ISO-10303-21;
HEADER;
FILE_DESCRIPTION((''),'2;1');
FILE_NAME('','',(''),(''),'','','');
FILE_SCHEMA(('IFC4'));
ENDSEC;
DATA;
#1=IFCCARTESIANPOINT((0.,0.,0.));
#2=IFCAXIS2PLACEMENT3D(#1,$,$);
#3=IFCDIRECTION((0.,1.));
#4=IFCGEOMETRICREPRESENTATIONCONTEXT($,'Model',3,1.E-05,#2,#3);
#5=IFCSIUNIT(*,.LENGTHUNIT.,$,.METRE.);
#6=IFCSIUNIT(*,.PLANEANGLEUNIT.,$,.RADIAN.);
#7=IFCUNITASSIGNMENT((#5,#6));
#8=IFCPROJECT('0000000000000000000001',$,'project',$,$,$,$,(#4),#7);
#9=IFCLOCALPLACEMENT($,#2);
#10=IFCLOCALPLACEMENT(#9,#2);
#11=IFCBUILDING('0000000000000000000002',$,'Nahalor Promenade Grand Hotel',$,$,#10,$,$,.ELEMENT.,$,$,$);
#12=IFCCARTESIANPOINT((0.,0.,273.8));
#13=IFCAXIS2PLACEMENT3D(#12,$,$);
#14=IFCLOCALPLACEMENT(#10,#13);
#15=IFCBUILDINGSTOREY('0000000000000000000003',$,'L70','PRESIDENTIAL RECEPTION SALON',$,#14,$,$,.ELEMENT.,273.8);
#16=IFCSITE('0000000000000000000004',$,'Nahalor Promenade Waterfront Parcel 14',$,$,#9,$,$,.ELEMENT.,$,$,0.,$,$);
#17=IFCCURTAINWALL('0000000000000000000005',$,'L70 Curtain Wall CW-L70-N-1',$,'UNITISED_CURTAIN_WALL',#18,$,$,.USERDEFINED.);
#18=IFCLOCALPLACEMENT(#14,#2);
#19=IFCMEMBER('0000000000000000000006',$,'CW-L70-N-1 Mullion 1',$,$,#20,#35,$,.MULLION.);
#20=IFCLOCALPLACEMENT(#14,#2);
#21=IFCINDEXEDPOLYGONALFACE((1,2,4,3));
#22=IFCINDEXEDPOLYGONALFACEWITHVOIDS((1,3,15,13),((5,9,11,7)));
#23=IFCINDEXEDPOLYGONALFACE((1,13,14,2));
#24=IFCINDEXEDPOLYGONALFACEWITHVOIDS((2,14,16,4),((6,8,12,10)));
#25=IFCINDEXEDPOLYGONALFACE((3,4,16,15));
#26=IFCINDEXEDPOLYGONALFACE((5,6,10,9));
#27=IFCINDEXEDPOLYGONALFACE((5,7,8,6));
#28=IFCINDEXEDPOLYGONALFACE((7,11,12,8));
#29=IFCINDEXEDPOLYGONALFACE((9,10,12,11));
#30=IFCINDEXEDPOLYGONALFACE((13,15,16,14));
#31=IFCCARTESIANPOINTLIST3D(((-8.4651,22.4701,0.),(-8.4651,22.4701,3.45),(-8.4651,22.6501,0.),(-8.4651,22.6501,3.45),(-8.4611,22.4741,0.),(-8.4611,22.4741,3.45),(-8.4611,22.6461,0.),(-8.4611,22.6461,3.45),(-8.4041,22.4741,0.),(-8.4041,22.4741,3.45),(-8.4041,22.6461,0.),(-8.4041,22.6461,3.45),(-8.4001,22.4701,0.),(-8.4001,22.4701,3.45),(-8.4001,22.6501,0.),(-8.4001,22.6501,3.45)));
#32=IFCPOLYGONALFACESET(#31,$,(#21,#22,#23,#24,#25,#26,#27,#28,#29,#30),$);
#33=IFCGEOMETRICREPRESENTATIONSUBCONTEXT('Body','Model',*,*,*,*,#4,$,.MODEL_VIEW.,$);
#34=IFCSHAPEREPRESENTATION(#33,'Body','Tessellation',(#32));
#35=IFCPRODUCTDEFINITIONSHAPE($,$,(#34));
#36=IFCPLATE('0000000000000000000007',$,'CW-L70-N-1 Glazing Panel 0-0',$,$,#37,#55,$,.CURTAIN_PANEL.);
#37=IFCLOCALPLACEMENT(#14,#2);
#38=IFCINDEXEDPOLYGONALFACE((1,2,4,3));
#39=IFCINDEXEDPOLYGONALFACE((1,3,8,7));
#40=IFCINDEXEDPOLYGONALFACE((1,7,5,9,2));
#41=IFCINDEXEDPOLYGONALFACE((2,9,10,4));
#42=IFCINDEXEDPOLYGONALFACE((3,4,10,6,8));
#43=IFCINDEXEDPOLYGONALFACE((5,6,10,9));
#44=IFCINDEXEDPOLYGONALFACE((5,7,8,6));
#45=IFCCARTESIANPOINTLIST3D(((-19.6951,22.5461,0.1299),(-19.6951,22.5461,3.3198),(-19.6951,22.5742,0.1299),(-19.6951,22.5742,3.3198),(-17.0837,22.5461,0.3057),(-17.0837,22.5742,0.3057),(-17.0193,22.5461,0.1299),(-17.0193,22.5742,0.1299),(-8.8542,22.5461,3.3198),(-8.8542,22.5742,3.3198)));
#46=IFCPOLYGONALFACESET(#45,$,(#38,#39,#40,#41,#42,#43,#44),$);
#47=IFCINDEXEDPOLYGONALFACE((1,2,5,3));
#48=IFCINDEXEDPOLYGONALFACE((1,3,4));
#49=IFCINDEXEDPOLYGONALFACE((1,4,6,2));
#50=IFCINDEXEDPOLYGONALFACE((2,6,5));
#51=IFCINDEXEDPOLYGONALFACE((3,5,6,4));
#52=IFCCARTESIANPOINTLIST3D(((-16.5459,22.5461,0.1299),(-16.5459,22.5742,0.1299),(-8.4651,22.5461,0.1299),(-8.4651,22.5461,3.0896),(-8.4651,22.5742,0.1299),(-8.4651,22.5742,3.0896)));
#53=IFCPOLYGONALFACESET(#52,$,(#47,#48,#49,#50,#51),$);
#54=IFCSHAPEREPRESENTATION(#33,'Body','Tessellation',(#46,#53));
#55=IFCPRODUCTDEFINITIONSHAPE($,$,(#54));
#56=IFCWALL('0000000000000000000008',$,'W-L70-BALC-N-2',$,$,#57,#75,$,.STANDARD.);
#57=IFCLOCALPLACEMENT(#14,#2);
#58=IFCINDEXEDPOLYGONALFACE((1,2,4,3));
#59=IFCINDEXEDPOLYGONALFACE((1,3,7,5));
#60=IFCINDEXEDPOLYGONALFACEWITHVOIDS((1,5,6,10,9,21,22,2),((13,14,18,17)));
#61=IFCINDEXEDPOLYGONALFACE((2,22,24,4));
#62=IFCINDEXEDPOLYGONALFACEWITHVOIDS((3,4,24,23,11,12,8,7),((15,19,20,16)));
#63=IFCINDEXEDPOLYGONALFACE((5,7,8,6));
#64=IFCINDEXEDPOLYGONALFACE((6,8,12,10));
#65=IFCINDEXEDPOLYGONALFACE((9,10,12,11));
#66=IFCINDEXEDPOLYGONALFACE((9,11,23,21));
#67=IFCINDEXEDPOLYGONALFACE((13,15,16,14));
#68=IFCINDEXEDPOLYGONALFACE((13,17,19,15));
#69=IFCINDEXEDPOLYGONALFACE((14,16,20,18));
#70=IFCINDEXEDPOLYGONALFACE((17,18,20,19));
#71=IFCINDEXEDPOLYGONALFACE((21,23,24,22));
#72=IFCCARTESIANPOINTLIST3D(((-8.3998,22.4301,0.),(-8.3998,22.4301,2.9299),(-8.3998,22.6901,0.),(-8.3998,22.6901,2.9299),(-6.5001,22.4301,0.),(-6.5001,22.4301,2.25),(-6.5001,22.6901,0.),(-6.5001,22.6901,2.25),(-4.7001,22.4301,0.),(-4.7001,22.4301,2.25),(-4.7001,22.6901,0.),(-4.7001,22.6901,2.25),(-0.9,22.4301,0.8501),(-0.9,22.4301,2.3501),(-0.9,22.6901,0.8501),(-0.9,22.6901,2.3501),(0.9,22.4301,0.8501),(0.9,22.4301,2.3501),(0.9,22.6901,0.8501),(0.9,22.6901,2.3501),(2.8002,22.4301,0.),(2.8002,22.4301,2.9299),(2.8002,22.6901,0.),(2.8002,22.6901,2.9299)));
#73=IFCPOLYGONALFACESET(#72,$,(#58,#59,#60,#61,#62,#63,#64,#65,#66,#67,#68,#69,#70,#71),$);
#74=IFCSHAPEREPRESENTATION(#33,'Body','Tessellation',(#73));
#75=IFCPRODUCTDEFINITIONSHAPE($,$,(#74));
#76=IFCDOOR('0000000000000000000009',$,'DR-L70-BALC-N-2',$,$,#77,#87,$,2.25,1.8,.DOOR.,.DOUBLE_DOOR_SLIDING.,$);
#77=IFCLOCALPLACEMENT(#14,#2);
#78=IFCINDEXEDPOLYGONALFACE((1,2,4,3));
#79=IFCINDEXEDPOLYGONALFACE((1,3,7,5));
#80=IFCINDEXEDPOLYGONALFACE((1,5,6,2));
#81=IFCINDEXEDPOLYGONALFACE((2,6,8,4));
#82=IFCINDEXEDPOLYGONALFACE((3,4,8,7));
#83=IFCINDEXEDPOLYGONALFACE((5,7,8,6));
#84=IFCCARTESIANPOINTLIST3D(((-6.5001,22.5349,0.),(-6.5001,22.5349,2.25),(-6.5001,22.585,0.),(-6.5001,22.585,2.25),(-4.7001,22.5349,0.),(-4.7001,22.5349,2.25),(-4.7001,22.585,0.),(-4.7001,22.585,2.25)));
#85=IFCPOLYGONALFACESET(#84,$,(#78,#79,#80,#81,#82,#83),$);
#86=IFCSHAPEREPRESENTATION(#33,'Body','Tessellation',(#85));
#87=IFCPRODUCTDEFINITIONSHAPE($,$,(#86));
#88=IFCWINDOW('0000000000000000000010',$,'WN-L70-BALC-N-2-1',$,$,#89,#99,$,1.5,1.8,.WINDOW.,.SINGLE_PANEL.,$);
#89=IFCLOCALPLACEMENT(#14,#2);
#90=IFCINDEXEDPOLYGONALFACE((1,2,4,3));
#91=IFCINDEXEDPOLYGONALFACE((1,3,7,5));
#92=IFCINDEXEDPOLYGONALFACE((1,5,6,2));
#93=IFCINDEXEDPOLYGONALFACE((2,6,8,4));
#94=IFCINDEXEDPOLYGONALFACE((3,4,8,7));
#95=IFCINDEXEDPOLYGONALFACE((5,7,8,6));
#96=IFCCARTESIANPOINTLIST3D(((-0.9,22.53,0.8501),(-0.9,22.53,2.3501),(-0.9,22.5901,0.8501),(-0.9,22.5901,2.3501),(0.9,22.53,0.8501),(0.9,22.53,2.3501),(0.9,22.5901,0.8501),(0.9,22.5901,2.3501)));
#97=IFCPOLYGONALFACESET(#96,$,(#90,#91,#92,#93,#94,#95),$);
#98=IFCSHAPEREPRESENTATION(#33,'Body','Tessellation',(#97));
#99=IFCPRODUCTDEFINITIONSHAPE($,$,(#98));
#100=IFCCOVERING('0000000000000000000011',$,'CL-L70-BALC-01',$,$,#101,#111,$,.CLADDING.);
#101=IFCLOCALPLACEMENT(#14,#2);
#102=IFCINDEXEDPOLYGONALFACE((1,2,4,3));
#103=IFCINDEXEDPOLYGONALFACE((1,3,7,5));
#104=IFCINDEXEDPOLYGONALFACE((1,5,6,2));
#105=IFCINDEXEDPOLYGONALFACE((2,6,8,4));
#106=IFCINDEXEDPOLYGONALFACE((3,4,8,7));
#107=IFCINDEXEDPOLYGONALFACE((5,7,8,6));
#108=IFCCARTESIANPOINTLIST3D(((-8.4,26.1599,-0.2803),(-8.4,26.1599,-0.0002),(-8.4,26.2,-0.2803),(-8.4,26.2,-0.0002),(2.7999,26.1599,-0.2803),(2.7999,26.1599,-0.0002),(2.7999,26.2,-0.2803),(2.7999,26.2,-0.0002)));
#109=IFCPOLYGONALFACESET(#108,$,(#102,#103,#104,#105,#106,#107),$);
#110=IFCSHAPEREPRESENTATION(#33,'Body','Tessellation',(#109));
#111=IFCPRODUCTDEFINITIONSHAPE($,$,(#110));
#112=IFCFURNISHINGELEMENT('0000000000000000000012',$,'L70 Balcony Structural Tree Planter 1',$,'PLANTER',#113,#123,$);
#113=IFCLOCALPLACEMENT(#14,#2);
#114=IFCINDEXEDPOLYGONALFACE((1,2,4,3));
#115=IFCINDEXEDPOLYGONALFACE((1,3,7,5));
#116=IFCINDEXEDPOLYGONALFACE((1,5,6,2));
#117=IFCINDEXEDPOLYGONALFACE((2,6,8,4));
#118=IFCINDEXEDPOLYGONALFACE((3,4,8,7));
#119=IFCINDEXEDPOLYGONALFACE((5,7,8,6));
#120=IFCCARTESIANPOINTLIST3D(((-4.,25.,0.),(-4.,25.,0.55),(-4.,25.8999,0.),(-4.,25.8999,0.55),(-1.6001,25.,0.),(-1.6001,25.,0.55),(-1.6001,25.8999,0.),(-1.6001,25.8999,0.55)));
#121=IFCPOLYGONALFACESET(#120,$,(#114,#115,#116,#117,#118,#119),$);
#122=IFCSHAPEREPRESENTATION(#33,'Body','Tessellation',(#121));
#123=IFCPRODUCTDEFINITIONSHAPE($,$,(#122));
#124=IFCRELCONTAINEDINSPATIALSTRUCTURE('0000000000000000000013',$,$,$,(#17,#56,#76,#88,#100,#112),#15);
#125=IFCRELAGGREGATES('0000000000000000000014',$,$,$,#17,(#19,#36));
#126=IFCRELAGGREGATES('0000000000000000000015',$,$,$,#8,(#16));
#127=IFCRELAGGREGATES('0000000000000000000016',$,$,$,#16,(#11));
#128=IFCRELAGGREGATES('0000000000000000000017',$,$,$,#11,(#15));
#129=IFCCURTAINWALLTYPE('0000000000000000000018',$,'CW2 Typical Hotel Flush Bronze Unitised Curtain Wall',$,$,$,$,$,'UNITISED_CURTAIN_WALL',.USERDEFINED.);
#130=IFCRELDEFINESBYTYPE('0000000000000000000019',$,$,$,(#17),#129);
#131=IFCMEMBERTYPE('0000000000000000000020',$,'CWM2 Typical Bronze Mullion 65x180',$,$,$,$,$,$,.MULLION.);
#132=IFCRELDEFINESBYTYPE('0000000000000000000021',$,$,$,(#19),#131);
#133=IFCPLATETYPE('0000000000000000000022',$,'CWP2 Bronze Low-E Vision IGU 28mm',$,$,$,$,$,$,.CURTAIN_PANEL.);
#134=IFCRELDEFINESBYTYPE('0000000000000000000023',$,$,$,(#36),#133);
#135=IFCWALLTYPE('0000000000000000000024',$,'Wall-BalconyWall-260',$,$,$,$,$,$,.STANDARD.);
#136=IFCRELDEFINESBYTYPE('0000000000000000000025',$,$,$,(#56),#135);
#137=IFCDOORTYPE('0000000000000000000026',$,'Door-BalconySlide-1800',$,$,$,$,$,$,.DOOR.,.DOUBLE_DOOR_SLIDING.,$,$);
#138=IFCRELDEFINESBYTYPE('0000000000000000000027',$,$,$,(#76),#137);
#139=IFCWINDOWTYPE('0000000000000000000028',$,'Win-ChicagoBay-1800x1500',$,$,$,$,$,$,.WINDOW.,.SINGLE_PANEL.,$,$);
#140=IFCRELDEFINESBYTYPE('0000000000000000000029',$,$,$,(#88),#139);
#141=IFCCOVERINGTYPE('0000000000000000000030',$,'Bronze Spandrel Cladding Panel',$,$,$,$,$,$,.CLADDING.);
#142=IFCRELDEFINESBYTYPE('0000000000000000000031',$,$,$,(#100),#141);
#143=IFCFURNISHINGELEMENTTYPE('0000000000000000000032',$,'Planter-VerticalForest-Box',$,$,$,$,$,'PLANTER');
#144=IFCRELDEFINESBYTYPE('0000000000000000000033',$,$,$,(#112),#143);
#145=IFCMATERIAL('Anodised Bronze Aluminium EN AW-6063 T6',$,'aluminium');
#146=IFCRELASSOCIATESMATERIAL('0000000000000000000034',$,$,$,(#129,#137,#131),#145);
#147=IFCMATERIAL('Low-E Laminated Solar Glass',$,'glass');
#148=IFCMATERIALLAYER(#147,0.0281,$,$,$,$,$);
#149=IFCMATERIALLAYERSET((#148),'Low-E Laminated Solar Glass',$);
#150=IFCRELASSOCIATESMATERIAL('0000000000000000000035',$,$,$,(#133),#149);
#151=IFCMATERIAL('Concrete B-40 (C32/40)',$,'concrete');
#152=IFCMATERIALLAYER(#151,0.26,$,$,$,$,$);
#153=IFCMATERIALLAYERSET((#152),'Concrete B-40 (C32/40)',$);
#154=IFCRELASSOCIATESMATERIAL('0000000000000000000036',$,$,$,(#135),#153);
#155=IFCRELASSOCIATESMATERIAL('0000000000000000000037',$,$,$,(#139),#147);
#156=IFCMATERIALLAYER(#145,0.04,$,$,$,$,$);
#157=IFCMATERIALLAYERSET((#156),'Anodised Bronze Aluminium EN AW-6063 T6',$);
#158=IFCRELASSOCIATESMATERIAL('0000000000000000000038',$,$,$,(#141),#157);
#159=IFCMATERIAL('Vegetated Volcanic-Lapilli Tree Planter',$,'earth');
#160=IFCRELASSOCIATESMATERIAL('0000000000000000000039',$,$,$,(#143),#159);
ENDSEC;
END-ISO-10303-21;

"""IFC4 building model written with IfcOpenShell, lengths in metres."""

from ifc_helpers import new_model, si_unit, direction, frame, frame_2d, origin, origin_2d, place, context, subcontext, project, spatial, polyline, rectangle, hollow_rectangle, outline, extrude, source, transform, mapped, material, layer, layer_set, material_profile, profile_set, type_object, element, fill, aggregate, save


model = new_model("IFC4")

# Units and contexts
model_context = context("Model", 3, precision=1e-05, world=origin(), true_north=direction((0.0, 1.0)))
body_context = subcontext(model_context, "Body", "Model", "MODEL_VIEW")
ifc_project = project(units=[si_unit("LENGTHUNIT", "METRE"), si_unit("PLANEANGLEUNIT", "RADIAN")], contexts=[model_context])

# Site, building, storey
site_placement = place(None, origin())
site = spatial("IfcSite", under=ifc_project, at=site_placement, Name="Nahalor Promenade Waterfront Parcel 14", CompositionType="ELEMENT", RefElevation=0.0)
building_placement = place(site_placement, origin())
building = spatial("IfcBuilding", under=site, at=building_placement, Name="Nahalor Promenade Grand Hotel", CompositionType="ELEMENT")
storey_placement = place(building_placement, frame((0.0, 0.0, 273.8)))
storey = spatial("IfcBuildingStorey", under=building, at=storey_placement, Name="L70", Description="PRESIDENTIAL RECEPTION SALON", CompositionType="ELEMENT", Elevation=273.8)

# Curtain wall, member, plate
ifc_material_1 = material(Name="Anodised Bronze Aluminium EN AW-6063 T6", Category="aluminium")
curtain_wall_type = type_object("IfcCurtainWallType", Name="CW2 Typical Hotel Flush Bronze Unitised Curtain Wall", ElementType="UNITISED_CURTAIN_WALL", PredefinedType="USERDEFINED", material=ifc_material_1)
curtain_wall_placement = place(storey_placement, origin())
curtain_wall = element("IfcCurtainWall", 1, at=curtain_wall_placement, inside=storey, type_object=curtain_wall_type, Name="L70 Curtain Wall CW-L70-N-1", ObjectType="UNITISED_CURTAIN_WALL", PredefinedType="USERDEFINED")
ifc_material_profile_1 = material_profile(ifc_material_1, hollow_rectangle(XDim=0.065, YDim=0.18, WallThickness=0.004, at=origin_2d()), Name="CWM 65x180x4")
ifc_profile_set_1 = profile_set([ifc_material_profile_1], Name="Anodised Bronze Aluminium EN AW-6063 T6")
member_type_1 = type_object("IfcMemberType", Name="CWM2 Typical Bronze Mullion 65x180", PredefinedType="MULLION", material=ifc_profile_set_1)
shared_shape_1 = source(origin(), body_context, "Body", "SweptSolid", [
    extrude(hollow_rectangle(XDim=0.065, YDim=0.18, WallThickness=0.004, at=origin_2d()), origin(), (0.0, 0.0, 1.0), 3.45),
])
member_1_placement = place(storey_placement, frame((-8.4326, 22.5601, 0.0), z_axis=(0.0, 0.0, 1.0), x_axis=(1.0, 0.0, 0.0)))
member_1 = element("IfcMember", 2, at=member_1_placement, type_object=member_type_1, Name="CW-L70-N-1 Mullion 1", PredefinedType="MULLION", context=body_context, shape_type="MappedRepresentation", body=[
    mapped(shared_shape_1, transform((0.0, 0.0, 0.0), scale=1.0)),
])
ifc_material_2 = material(Name="Low-E Laminated Solar Glass", Category="glass")
ifc_layer_1 = layer(ifc_material_2, 0.0281)
ifc_layer_set_1 = layer_set([ifc_layer_1], Name="Low-E Laminated Solar Glass")
plate_type = type_object("IfcPlateType", Name="CWP2 Bronze Low-E Vision IGU 28mm", PredefinedType="CURTAIN_PANEL", material=ifc_layer_set_1)
plate_placement = place(storey_placement, frame((-14.0801, 22.5601, 0.1299), z_axis=(0.0, 0.0, 1.0), x_axis=(1.0, 0.0, 0.0)))
plate = element("IfcPlate", 3, at=plate_placement, type_object=plate_type, Name="CW-L70-N-1 Glazing Panel 0-0", PredefinedType="CURTAIN_PANEL", context=body_context, shape_type="SweptSolid", body=[
    extrude(outline(polyline([(-5.615, 3.1899), (-5.615, 0.0), (-2.9392, 0.0), (-3.0037, 0.1758), (5.2258, 3.1899), (-5.615, 3.1899)])), frame((0.0, 0.0142, 0.0), z_axis=(0.0, -1.0, 0.0), x_axis=(1.0, 0.0, 0.0)), (0.0, 0.0, 1.0), 0.0281),
    extrude(outline(polyline([(-2.4658, 0.0), (5.615, 0.0), (5.615, 2.9597), (-2.4658, 0.0)])), frame((0.0, 0.0142, 0.0), z_axis=(0.0, -1.0, 0.0), x_axis=(1.0, 0.0, 0.0)), (0.0, 0.0, 1.0), 0.0281),
])
aggregate(curtain_wall, [member_1, plate])

# Wall, openings, door, window
ifc_material_3 = material(Name="Concrete B-40 (C32/40)", Category="concrete")
ifc_layer_2 = layer(ifc_material_3, 0.26)
ifc_layer_set_2 = layer_set([ifc_layer_2], Name="Concrete B-40 (C32/40)")
wall_type = type_object("IfcWallType", Name="Wall-BalconyWall-260", PredefinedType="STANDARD", material=ifc_layer_set_2)
shared_shape_2 = source(origin(), body_context, "Body", "SweptSolid", [
    extrude(rectangle(XDim=11.2, YDim=0.26, at=frame_2d((5.6001, 0.0))), origin(), (0.0, 0.0, 1.0), 2.9299),
])
wall_placement = place(storey_placement, frame((-8.3999, 22.5601, 0.0), z_axis=(0.0, 0.0, 1.0), x_axis=(1.0, 0.0, 0.0)))
wall = element("IfcWall", 4, at=wall_placement, inside=storey, type_object=wall_type, Name="W-L70-BALC-N-2", PredefinedType="STANDARD", context=body_context, shape_type="MappedRepresentation", body=[
    mapped(shared_shape_2, transform((0.0, 0.0, 0.0), scale=1.0)),
])
opening_1_placement = place(wall_placement, frame((1.8999, 0.0, 0.0)))
opening_1 = element("IfcOpeningElement", 5, at=opening_1_placement, cuts=wall, PredefinedType="OPENING", context=body_context, shape_type="SweptSolid", body=[
    extrude(rectangle(XDim=1.8, YDim=2.25, at=frame_2d((0.8999, 1.125))), frame((0.0, 0.1399, 0.0), z_axis=(0.0, -1.0, 0.0), x_axis=(1.0, 0.0, 0.0)), (0.0, 0.0, 1.0), 0.28),
])
opening_2_placement = place(wall_placement, frame((7.5, 0.0, 0.8501)))
opening_2 = element("IfcOpeningElement", 6, at=opening_2_placement, cuts=wall, PredefinedType="OPENING", context=body_context, shape_type="SweptSolid", body=[
    extrude(rectangle(XDim=1.8, YDim=1.5, at=frame_2d((0.8999, 0.75))), frame((0.0, 0.1399, 0.0), z_axis=(0.0, -1.0, 0.0), x_axis=(1.0, 0.0, 0.0)), (0.0, 0.0, 1.0), 0.28),
])
door_type = type_object("IfcDoorType", Name="Door-BalconySlide-1800", OperationType="DOUBLE_DOOR_SLIDING", PredefinedType="DOOR", material=ifc_material_1)
shared_shape_3 = source(origin(), body_context, "Body", "SweptSolid", [
    extrude(rectangle(XDim=1.8, YDim=2.25, at=frame_2d((0.8999, 1.125))), frame((0.0, 0.0249, 0.0), z_axis=(0.0, -1.0, 0.0), x_axis=(1.0, 0.0, 0.0)), (0.0, 0.0, 1.0), 0.05),
])
door_placement = place(opening_1_placement, origin())
door = element("IfcDoor", 7, at=door_placement, inside=storey, type_object=door_type, Name="DR-L70-BALC-N-2", OperationType="DOUBLE_DOOR_SLIDING", OverallHeight=2.25, OverallWidth=1.8, PredefinedType="DOOR", context=body_context, shape_type="MappedRepresentation", body=[
    mapped(shared_shape_3, transform((0.0, 0.0, 0.0), scale=1.0)),
])
fill(opening_1, door)
window_type = type_object("IfcWindowType", Name="Win-ChicagoBay-1800x1500", PartitioningType="SINGLE_PANEL", PredefinedType="WINDOW", material=ifc_material_2)
shared_shape_4 = source(origin(), body_context, "Body", "SweptSolid", [
    extrude(rectangle(XDim=1.8, YDim=1.5, at=frame_2d((0.8999, 0.75))), frame((0.0, 0.03, 0.0), z_axis=(0.0, -1.0, 0.0), x_axis=(1.0, 0.0, 0.0)), (0.0, 0.0, 1.0), 0.0601),
])
window_placement = place(opening_2_placement, origin())
window = element("IfcWindow", 8, at=window_placement, inside=storey, type_object=window_type, Name="WN-L70-BALC-N-2-1", OverallHeight=1.5, OverallWidth=1.8, PartitioningType="SINGLE_PANEL", PredefinedType="WINDOW", context=body_context, shape_type="MappedRepresentation", body=[
    mapped(shared_shape_4, transform((0.0, 0.0, 0.0), scale=1.0)),
])
fill(opening_2, window)

# Covering
ifc_layer_3 = layer(ifc_material_1, 0.04)
ifc_layer_set_3 = layer_set([ifc_layer_3], Name="Anodised Bronze Aluminium EN AW-6063 T6")
covering_type = type_object("IfcCoveringType", Name="Bronze Spandrel Cladding Panel", PredefinedType="CLADDING", material=ifc_layer_set_3)
shared_shape_5 = source(origin(), body_context, "Body", "SweptSolid", [
    extrude(rectangle(XDim=11.2, YDim=0.04, at=origin_2d()), origin(), (0.0, 0.0, 1.0), 0.28),
])
covering_placement = place(storey_placement, frame((-2.8, 26.1799, -0.2803), z_axis=(0.0, 0.0, 1.0), x_axis=(1.0, 0.0, 0.0)))
element("IfcCovering", 9, at=covering_placement, inside=storey, type_object=covering_type, Name="CL-L70-BALC-01", PredefinedType="CLADDING", context=body_context, shape_type="MappedRepresentation", body=[
    mapped(shared_shape_5, transform((0.0, 0.0, 0.0), scale=1.0)),
])

# Furnishing element
ifc_material_4 = material(Name="Vegetated Volcanic-Lapilli Tree Planter", Category="earth")
furnishing_element_type = type_object("IfcFurnishingElementType", Name="Planter-VerticalForest-Box", ElementType="PLANTER", material=ifc_material_4)
shared_shape_6 = source(origin(), body_context, "Body", "SweptSolid", [
    extrude(rectangle(XDim=2.3999, YDim=0.8999, at=origin_2d()), origin(), (0.0, 0.0, 1.0), 0.55),
])
furnishing_placement = place(storey_placement, frame((-2.8, 25.45, 0.0), z_axis=(0.0, 0.0, 1.0), x_axis=(1.0, 0.0, 0.0)))
element("IfcFurnishingElement", 10, at=furnishing_placement, inside=storey, type_object=furnishing_element_type, Name="L70 Balcony Structural Tree Planter 1", ObjectType="PLANTER", context=body_context, shape_type="MappedRepresentation", body=[
    mapped(shared_shape_6, transform((0.0, 0.0, 0.0), scale=1.0)),
])

save(model, "model.ifc")
